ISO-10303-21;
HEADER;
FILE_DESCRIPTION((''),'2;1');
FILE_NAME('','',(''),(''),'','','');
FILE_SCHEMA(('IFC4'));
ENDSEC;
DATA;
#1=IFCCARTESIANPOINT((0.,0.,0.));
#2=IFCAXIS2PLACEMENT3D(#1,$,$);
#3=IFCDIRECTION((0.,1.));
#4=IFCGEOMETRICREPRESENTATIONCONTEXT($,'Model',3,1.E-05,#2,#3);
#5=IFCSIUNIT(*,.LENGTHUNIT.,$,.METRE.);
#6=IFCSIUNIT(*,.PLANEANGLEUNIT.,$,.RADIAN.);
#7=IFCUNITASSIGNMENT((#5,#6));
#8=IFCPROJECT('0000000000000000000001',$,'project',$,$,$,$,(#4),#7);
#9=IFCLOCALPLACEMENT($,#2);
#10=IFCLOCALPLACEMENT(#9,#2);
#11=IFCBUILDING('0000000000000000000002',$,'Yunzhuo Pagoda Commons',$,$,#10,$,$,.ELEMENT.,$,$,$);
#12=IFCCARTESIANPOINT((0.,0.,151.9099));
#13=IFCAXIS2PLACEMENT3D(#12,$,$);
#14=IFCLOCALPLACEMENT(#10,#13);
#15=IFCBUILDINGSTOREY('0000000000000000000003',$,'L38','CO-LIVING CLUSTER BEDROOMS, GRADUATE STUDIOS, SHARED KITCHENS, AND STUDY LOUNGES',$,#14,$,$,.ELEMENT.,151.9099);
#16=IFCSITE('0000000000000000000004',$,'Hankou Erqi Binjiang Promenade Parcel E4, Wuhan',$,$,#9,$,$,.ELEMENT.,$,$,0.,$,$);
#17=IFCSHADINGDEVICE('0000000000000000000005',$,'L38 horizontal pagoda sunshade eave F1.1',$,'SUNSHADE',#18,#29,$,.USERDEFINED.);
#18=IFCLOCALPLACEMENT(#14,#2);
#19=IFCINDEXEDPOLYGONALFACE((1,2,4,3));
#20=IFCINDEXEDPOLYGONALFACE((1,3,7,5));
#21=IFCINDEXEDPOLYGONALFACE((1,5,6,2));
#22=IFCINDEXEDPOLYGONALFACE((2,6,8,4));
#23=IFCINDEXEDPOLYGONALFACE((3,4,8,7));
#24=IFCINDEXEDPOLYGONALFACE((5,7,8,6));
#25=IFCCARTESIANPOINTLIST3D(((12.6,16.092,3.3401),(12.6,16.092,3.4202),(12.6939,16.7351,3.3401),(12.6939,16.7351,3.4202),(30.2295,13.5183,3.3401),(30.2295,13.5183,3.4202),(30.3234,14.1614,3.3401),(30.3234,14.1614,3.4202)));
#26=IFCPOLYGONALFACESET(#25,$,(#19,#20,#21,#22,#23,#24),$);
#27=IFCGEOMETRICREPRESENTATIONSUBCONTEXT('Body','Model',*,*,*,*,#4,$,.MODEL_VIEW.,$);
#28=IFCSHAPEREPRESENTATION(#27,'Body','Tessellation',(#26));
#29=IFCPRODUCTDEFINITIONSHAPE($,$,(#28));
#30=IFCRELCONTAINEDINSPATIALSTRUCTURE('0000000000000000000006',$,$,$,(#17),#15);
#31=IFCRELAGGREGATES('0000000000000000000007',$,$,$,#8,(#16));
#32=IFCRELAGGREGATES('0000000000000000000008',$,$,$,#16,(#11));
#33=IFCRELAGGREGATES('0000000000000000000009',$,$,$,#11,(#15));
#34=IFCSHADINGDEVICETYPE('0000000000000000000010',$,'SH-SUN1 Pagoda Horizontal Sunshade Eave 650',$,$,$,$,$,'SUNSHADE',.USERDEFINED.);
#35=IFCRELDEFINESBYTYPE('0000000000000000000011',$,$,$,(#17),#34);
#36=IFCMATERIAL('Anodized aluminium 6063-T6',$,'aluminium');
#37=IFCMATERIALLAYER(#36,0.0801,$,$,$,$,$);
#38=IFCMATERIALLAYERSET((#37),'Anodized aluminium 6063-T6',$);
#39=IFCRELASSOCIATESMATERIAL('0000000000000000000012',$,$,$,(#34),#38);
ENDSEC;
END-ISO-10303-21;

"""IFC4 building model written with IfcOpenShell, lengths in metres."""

from ifc_helpers import new_model, si_unit, direction, frame, origin, origin_2d, place, context, subcontext, project, spatial, rectangle, extrude, source, transform, mapped, material, layer, layer_set, type_object, element, save


model = new_model("IFC4")

# Units and contexts
model_context = context("Model", 3, precision=1e-05, world=origin(), true_north=direction((0.0, 1.0)))
body_context = subcontext(model_context, "Body", "Model", "MODEL_VIEW")
ifc_project = project(units=[si_unit("LENGTHUNIT", "METRE"), si_unit("PLANEANGLEUNIT", "RADIAN")], contexts=[model_context])

# Site, building, storey
site_placement = place(None, origin())
site = spatial("IfcSite", under=ifc_project, at=site_placement, Name="Hankou Erqi Binjiang Promenade Parcel E4, Wuhan", CompositionType="ELEMENT", RefElevation=0.0)
building_placement = place(site_placement, origin())
building = spatial("IfcBuilding", under=site, at=building_placement, Name="Yunzhuo Pagoda Commons", CompositionType="ELEMENT")
storey_placement = place(building_placement, frame((0.0, 0.0, 151.9099)))
storey = spatial("IfcBuildingStorey", under=building, at=storey_placement, Name="L38", Description="CO-LIVING CLUSTER BEDROOMS, GRADUATE STUDIOS, SHARED KITCHENS, AND STUDY LOUNGES", CompositionType="ELEMENT", Elevation=151.9099)

# Shared definitions
ifc_material_1 = material(Name="Anodized aluminium 6063-T6", Category="aluminium")

# Shading device
ifc_layer_1 = layer(ifc_material_1, 0.0801)
ifc_layer_set_1 = layer_set([ifc_layer_1], Name="Anodized aluminium 6063-T6")
shading_device_type = type_object("IfcShadingDeviceType", Name="SH-SUN1 Pagoda Horizontal Sunshade Eave 650", ElementType="SUNSHADE", PredefinedType="USERDEFINED", material=ifc_layer_set_1)
shared_shape_1 = source(origin(), body_context, "Body", "SweptSolid", [
    extrude(rectangle(XDim=17.8164, YDim=0.6499, at=origin_2d()), origin(), (0.0, 0.0, 1.0), 0.0801),
])
shading_device_placement = place(storey_placement, frame((21.4617, 15.1267, 3.3401), z_axis=(0.0, 0.0, 1.0), x_axis=(0.989511, -0.14446, 0.0)))
element("IfcShadingDevice", 1, at=shading_device_placement, inside=storey, type_object=shading_device_type, Name="L38 horizontal pagoda sunshade eave F1.1", ObjectType="SUNSHADE", PredefinedType="USERDEFINED", context=body_context, shape_type="MappedRepresentation", body=[
    mapped(shared_shape_1, transform((0.0, 0.0, 0.0), scale=1.0)),
])

save(model, "model.ifc")
